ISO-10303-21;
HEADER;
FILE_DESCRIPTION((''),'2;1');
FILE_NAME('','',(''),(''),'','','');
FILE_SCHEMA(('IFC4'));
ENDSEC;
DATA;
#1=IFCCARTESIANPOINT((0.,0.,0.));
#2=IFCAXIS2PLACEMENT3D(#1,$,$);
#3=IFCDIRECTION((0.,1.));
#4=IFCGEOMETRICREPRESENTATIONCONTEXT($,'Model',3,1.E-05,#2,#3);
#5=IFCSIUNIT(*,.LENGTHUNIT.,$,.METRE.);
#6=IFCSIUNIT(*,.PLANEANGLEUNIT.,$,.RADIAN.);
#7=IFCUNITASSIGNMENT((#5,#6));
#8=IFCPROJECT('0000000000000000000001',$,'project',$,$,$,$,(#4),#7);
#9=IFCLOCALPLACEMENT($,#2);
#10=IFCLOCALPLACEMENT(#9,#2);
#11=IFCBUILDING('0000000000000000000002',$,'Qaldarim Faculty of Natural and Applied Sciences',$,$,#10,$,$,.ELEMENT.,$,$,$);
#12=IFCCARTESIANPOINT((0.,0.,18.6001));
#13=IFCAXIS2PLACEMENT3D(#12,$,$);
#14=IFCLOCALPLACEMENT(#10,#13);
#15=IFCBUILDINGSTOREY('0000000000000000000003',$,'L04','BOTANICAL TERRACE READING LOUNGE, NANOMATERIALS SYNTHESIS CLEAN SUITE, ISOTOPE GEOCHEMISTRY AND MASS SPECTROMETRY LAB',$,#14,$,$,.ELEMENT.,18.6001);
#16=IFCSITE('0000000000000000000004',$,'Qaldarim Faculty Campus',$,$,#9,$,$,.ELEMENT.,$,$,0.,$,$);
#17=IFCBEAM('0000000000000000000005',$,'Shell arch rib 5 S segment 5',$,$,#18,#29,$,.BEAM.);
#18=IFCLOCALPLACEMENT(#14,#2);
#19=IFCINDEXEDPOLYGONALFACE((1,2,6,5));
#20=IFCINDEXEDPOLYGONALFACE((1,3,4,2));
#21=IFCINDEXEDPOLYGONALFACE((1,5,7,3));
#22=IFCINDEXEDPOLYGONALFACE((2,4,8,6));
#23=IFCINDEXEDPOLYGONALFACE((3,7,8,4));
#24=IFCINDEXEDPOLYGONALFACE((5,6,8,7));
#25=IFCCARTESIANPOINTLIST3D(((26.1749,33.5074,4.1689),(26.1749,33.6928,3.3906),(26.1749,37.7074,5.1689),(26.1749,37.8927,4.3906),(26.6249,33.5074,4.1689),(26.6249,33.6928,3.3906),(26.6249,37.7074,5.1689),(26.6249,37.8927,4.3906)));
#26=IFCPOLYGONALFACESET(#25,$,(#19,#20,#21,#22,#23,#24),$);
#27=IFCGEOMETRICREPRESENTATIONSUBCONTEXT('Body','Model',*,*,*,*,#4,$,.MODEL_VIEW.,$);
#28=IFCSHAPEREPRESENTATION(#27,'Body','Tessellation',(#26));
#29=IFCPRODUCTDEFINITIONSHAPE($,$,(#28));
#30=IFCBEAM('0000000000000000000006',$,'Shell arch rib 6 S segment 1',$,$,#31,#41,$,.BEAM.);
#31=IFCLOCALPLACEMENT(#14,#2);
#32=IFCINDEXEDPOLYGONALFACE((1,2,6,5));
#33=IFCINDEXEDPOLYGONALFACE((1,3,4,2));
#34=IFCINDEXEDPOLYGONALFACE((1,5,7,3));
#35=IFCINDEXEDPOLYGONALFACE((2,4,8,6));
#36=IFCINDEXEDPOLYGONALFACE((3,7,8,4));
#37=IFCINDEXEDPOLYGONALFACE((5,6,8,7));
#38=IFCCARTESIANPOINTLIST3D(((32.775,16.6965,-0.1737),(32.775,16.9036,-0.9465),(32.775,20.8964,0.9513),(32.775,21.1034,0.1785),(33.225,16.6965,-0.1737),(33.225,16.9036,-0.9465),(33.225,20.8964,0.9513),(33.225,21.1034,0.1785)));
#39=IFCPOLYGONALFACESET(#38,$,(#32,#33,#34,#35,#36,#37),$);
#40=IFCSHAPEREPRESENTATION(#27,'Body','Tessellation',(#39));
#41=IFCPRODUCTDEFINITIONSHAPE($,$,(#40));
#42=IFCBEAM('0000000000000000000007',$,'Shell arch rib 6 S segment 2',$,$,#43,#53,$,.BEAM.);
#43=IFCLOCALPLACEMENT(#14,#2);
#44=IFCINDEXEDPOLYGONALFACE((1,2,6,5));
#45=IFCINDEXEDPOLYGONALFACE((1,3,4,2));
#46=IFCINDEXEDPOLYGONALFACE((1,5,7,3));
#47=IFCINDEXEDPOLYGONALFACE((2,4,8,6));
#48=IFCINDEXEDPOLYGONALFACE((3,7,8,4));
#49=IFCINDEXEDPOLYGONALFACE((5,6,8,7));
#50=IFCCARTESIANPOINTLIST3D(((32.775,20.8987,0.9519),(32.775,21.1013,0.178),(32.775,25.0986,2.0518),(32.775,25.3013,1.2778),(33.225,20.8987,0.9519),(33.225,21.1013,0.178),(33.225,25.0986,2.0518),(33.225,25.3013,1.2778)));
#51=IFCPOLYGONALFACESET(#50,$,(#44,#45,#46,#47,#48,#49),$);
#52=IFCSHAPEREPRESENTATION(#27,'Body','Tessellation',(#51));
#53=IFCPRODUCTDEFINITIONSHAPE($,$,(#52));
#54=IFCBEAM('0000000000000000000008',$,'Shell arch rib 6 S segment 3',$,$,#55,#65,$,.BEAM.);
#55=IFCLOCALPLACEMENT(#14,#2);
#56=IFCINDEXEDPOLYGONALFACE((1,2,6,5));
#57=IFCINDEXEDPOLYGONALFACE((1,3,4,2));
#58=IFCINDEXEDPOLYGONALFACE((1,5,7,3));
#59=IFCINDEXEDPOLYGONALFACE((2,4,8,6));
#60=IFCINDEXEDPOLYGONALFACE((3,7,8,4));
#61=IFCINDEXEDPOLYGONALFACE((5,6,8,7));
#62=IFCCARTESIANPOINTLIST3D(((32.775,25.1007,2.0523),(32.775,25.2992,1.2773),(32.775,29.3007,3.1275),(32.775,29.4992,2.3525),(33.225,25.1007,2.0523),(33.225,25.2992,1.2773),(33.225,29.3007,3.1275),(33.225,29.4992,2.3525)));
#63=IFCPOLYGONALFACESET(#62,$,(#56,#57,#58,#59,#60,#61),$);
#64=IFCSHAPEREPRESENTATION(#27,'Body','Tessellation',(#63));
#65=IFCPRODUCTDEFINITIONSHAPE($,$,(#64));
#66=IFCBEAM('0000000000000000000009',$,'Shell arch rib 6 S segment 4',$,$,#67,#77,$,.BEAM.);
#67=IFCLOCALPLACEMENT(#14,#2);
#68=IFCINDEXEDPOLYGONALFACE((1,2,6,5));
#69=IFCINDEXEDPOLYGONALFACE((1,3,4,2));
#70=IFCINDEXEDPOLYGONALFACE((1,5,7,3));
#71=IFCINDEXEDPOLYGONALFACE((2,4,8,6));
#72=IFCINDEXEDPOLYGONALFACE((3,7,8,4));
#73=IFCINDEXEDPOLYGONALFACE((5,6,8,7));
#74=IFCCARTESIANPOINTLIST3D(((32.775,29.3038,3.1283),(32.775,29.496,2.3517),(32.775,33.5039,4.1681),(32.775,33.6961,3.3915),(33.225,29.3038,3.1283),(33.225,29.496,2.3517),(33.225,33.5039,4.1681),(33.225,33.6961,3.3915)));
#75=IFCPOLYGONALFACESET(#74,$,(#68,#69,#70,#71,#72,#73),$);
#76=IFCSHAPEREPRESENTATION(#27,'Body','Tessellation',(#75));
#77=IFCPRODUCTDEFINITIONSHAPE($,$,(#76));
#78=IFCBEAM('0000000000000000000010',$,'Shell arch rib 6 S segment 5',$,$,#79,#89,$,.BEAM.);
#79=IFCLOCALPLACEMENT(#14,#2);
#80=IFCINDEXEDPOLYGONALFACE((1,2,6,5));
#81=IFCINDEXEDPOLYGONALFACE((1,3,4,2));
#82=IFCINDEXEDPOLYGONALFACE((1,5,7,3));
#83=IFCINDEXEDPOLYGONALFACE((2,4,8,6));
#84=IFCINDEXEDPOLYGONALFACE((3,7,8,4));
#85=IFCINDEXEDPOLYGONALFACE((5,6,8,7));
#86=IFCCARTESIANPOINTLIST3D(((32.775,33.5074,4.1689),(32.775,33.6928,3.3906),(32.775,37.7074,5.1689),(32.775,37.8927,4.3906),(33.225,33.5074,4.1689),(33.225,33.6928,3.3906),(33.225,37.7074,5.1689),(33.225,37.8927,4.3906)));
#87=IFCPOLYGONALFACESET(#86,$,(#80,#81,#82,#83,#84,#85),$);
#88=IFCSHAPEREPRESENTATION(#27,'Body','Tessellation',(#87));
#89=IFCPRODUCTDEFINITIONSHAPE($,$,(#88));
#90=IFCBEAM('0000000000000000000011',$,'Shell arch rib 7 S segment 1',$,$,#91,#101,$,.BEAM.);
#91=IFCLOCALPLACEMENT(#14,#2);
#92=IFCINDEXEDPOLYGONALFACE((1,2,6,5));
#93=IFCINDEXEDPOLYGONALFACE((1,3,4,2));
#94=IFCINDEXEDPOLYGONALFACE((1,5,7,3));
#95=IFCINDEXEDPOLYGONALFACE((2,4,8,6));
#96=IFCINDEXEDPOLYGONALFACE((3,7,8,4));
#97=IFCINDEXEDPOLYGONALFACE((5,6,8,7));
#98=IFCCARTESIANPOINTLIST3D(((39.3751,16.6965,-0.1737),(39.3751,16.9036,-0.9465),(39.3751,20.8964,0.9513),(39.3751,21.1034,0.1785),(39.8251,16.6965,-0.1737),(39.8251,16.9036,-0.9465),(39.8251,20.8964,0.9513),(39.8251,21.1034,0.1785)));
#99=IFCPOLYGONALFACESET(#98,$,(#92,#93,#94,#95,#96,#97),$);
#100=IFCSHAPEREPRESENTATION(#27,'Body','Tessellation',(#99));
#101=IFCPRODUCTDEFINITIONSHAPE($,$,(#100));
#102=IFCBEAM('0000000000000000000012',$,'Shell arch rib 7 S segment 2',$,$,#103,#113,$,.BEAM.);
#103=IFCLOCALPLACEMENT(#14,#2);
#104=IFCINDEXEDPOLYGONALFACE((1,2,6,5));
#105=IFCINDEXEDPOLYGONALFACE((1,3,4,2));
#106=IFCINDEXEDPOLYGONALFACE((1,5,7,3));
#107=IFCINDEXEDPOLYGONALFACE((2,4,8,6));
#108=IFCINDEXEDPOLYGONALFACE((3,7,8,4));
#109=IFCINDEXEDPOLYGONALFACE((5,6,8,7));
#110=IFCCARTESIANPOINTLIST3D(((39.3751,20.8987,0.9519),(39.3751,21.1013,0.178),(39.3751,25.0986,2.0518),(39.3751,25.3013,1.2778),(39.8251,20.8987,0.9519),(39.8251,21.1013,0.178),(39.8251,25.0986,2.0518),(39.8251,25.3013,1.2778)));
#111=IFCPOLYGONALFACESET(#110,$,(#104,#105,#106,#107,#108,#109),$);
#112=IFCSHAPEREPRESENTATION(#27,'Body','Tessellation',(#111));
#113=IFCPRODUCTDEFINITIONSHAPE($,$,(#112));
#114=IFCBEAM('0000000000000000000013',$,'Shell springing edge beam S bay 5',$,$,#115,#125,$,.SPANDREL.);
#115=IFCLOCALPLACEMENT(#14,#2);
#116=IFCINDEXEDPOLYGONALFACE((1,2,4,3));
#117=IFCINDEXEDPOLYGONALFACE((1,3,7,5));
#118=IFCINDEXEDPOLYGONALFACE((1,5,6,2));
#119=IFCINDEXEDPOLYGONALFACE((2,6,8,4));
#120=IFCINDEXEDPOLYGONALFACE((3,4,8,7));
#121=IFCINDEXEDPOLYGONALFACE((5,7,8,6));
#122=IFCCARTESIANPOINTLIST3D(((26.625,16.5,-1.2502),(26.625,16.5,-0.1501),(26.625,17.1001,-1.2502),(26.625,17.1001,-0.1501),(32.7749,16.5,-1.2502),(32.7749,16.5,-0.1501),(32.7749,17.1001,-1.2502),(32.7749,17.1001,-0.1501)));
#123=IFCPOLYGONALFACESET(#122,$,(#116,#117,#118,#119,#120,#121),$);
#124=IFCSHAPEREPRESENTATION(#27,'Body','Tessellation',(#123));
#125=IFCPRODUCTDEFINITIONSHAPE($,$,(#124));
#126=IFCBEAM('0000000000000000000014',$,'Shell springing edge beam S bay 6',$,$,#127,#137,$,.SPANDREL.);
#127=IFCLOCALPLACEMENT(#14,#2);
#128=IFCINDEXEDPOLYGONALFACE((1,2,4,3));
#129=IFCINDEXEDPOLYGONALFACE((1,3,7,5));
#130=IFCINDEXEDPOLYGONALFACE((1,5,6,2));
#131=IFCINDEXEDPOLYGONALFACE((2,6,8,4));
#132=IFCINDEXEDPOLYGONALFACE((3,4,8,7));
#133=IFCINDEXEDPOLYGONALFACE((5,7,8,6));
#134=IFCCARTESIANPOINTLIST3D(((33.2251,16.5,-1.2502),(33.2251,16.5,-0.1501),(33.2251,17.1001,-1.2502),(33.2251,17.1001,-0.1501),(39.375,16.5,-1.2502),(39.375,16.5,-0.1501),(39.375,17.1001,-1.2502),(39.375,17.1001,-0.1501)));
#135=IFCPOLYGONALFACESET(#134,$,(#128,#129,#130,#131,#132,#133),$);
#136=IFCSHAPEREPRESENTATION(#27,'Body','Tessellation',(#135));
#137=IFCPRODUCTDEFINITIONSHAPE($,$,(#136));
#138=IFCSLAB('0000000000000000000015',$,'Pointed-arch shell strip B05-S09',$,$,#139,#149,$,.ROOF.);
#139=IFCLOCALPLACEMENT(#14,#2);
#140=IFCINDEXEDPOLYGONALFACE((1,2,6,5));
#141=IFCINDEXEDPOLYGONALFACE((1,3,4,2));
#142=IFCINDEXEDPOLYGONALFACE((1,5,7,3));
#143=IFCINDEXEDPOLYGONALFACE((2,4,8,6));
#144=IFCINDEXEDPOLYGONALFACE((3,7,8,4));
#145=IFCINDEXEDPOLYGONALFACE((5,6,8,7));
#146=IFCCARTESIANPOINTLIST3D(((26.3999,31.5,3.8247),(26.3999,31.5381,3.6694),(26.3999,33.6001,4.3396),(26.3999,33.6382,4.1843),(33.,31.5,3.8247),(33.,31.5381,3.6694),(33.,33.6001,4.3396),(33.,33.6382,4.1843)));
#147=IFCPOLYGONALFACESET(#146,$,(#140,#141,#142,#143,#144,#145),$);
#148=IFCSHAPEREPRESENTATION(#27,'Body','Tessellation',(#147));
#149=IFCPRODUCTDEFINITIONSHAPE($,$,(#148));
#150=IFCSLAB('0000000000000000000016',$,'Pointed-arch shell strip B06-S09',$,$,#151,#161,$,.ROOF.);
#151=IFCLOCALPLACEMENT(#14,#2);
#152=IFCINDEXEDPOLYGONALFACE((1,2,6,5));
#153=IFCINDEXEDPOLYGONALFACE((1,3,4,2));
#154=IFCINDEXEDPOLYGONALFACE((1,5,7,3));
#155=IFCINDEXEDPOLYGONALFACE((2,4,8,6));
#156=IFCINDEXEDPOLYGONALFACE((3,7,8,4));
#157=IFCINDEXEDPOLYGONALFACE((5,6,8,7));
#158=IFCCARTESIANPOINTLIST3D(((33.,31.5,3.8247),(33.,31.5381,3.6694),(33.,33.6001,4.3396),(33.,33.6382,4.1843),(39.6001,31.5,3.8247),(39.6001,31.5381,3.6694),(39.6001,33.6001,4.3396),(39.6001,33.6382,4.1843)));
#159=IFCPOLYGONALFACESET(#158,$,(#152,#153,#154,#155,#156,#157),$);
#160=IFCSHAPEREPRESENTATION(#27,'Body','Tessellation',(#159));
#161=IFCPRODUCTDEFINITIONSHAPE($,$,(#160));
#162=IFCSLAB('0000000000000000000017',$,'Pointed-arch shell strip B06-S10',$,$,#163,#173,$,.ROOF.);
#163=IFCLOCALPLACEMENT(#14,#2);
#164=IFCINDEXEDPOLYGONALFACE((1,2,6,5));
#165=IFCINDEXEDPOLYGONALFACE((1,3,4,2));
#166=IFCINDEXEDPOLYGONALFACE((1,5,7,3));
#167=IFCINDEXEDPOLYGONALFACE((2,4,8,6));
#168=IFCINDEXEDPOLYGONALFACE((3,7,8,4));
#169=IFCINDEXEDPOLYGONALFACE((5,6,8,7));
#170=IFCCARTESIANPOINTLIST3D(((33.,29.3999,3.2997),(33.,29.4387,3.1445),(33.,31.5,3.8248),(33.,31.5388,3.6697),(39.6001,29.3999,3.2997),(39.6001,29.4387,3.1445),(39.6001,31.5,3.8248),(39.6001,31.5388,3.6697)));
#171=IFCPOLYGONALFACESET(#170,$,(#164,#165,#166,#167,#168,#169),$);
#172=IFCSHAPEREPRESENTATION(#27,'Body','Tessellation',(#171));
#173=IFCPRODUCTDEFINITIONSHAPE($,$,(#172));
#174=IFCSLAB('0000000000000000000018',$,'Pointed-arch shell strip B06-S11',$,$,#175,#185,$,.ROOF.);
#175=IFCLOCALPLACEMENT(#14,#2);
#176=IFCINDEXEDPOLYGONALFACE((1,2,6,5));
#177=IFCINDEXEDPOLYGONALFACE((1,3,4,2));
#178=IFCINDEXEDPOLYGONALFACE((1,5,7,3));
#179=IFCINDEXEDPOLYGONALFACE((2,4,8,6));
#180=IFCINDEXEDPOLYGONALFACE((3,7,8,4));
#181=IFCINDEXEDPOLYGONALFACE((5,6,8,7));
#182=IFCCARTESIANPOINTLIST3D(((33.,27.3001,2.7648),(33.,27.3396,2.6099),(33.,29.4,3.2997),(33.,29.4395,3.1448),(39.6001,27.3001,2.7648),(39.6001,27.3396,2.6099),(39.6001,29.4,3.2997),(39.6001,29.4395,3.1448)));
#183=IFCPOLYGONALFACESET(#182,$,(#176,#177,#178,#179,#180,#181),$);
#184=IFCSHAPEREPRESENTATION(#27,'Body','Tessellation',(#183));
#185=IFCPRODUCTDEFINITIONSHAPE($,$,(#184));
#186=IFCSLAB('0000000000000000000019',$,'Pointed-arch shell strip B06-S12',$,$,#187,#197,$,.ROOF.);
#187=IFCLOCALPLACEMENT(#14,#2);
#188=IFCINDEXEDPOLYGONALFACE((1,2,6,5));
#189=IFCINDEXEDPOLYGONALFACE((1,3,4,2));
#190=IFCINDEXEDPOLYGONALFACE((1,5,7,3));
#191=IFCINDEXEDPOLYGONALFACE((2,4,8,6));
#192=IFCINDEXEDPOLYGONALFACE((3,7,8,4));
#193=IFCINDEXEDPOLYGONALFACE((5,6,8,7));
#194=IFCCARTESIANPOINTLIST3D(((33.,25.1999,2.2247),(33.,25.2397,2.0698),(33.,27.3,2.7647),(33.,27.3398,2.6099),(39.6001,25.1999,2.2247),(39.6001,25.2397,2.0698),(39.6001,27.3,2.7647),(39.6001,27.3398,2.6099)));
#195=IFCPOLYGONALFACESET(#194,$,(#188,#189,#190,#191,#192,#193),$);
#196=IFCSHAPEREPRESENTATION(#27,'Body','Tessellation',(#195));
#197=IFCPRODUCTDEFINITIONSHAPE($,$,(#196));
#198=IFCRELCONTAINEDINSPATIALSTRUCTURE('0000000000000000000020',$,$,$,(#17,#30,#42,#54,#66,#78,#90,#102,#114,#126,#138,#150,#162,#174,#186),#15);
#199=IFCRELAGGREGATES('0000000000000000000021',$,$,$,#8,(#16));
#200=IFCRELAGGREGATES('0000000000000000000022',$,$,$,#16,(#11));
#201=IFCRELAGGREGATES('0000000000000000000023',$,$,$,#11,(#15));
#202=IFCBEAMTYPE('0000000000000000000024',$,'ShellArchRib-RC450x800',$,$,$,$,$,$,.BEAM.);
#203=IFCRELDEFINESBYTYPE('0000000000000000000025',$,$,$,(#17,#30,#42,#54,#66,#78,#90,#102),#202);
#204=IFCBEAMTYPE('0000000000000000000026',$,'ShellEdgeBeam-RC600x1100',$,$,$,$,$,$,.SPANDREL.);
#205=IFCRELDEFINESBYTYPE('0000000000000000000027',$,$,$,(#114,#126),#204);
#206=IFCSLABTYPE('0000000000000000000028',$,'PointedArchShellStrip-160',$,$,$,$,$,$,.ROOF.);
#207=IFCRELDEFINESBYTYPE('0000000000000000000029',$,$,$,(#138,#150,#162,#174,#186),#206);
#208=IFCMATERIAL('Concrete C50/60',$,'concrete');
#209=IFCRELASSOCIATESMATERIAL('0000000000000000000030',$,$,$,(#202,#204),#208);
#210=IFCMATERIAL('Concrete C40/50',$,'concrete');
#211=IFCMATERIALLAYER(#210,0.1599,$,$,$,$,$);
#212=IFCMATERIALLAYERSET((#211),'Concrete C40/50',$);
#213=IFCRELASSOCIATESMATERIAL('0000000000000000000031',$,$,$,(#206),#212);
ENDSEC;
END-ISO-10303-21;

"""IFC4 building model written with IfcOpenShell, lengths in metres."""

from ifc_helpers import new_model, si_unit, direction, frame, origin, origin_2d, place, context, subcontext, project, spatial, polyline, rectangle, outline, extrude, material, layer, layer_set, material_profile, profile_set, type_object, element, save


model = new_model("IFC4")

# Units and contexts
model_context = context("Model", 3, precision=1e-05, world=origin(), true_north=direction((0.0, 1.0)))
body_context = subcontext(model_context, "Body", "Model", "MODEL_VIEW")
ifc_project = project(units=[si_unit("LENGTHUNIT", "METRE"), si_unit("PLANEANGLEUNIT", "RADIAN")], contexts=[model_context])

# Site, building, storey
site_placement = place(None, origin())
site = spatial("IfcSite", under=ifc_project, at=site_placement, Name="Qaldarim Faculty Campus", CompositionType="ELEMENT", RefElevation=0.0)
building_placement = place(site_placement, origin())
building = spatial("IfcBuilding", under=site, at=building_placement, Name="Qaldarim Faculty of Natural and Applied Sciences", CompositionType="ELEMENT")
storey_placement = place(building_placement, frame((0.0, 0.0, 18.6001)))
storey = spatial("IfcBuildingStorey", under=building, at=storey_placement, Name="L04", Description="BOTANICAL TERRACE READING LOUNGE, NANOMATERIALS SYNTHESIS CLEAN SUITE, ISOTOPE GEOCHEMISTRY AND MASS SPECTROMETRY LAB", CompositionType="ELEMENT", Elevation=18.6001)

# Beams
ifc_material_1 = material(Name="Concrete C50/60", Category="concrete")
ifc_material_profile_1 = material_profile(ifc_material_1, rectangle(XDim=0.45, YDim=0.8, at=origin_2d()), Name="RC-RIB450x800")
ifc_profile_set_1 = profile_set([ifc_material_profile_1], Name="Concrete C50/60")
beam_type_1 = type_object("IfcBeamType", Name="ShellArchRib-RC450x800", PredefinedType="BEAM", material=ifc_profile_set_1)
beam_1_placement = place(storey_placement, frame((26.3999, 33.6001, 3.7798), z_axis=(0.0, 0.972806, 0.231623), x_axis=(-1.0, 0.0, 0.0)))
element("IfcBeam", 1, at=beam_1_placement, inside=storey, type_object=beam_type_1, Name="Shell arch rib 5 S segment 5", PredefinedType="BEAM", context=body_context, shape_type="SweptSolid", body=[
    extrude(rectangle(XDim=0.45, YDim=0.8, at=origin_2d()), origin(), (0.0, 0.0, 1.0), 4.3174),
])
beam_2_placement = place(storey_placement, frame((33.0, 16.8, -0.5601), z_axis=(0.0, 0.965947, 0.258739), x_axis=(-1.0, 0.0, 0.0)))
element("IfcBeam", 2, at=beam_2_placement, inside=storey, type_object=beam_type_1, Name="Shell arch rib 6 S segment 1", PredefinedType="BEAM", context=body_context, shape_type="SweptSolid", body=[
    extrude(rectangle(XDim=0.45, YDim=0.8, at=origin_2d()), origin(), (0.0, 0.0, 1.0), 4.3479),
])
beam_3_placement = place(storey_placement, frame((33.0, 21.0, 0.5649), z_axis=(0.0, 0.96738, 0.253331), x_axis=(-1.0, 0.0, 0.0)))
element("IfcBeam", 3, at=beam_3_placement, inside=storey, type_object=beam_type_1, Name="Shell arch rib 6 S segment 2", PredefinedType="BEAM", context=body_context, shape_type="SweptSolid", body=[
    extrude(rectangle(XDim=0.45, YDim=0.8, at=origin_2d()), origin(), (0.0, 0.0, 1.0), 4.3416),
])
beam_4_placement = place(storey_placement, frame((33.0, 25.2, 1.6648), z_axis=(0.0, 0.968759, 0.248004), x_axis=(-1.0, 0.0, 0.0)))
element("IfcBeam", 4, at=beam_4_placement, inside=storey, type_object=beam_type_1, Name="Shell arch rib 6 S segment 3", PredefinedType="BEAM", context=body_context, shape_type="SweptSolid", body=[
    extrude(rectangle(XDim=0.45, YDim=0.8, at=origin_2d()), origin(), (0.0, 0.0, 1.0), 4.3354),
])
beam_5_placement = place(storey_placement, frame((33.0, 29.3999, 2.74), z_axis=(0.0, 0.970698, 0.240305), x_axis=(-1.0, 0.0, 0.0)))
element("IfcBeam", 5, at=beam_5_placement, inside=storey, type_object=beam_type_1, Name="Shell arch rib 6 S segment 4", PredefinedType="BEAM", context=body_context, shape_type="SweptSolid", body=[
    extrude(rectangle(XDim=0.45, YDim=0.8, at=origin_2d()), origin(), (0.0, 0.0, 1.0), 4.3269),
])
beam_6_placement = place(storey_placement, frame((33.0, 33.6001, 3.7798), z_axis=(0.0, 0.972806, 0.231623), x_axis=(-1.0, 0.0, 0.0)))
element("IfcBeam", 6, at=beam_6_placement, inside=storey, type_object=beam_type_1, Name="Shell arch rib 6 S segment 5", PredefinedType="BEAM", context=body_context, shape_type="SweptSolid", body=[
    extrude(rectangle(XDim=0.45, YDim=0.8, at=origin_2d()), origin(), (0.0, 0.0, 1.0), 4.3174),
])
beam_7_placement = place(storey_placement, frame((39.6001, 16.8, -0.5601), z_axis=(0.0, 0.965947, 0.258739), x_axis=(-1.0, 0.0, 0.0)))
element("IfcBeam", 7, at=beam_7_placement, inside=storey, type_object=beam_type_1, Name="Shell arch rib 7 S segment 1", PredefinedType="BEAM", context=body_context, shape_type="SweptSolid", body=[
    extrude(rectangle(XDim=0.45, YDim=0.8, at=origin_2d()), origin(), (0.0, 0.0, 1.0), 4.3479),
])
beam_8_placement = place(storey_placement, frame((39.6001, 21.0, 0.5649), z_axis=(0.0, 0.96738, 0.253331), x_axis=(-1.0, 0.0, 0.0)))
element("IfcBeam", 8, at=beam_8_placement, inside=storey, type_object=beam_type_1, Name="Shell arch rib 7 S segment 2", PredefinedType="BEAM", context=body_context, shape_type="SweptSolid", body=[
    extrude(rectangle(XDim=0.45, YDim=0.8, at=origin_2d()), origin(), (0.0, 0.0, 1.0), 4.3416),
])
ifc_material_profile_2 = material_profile(ifc_material_1, rectangle(XDim=0.6001, YDim=1.1001, at=origin_2d()), Name="RC-EB600x1100")
ifc_profile_set_2 = profile_set([ifc_material_profile_2], Name="Concrete C50/60")
beam_type_2 = type_object("IfcBeamType", Name="ShellEdgeBeam-RC600x1100", PredefinedType="SPANDREL", material=ifc_profile_set_2)
for number, where, z_axis, x_axis, name in (
    (9, (26.625, 16.8, -0.7002), (1.0, 0.0, 0.0), (0.0, 1.0, 0.0), "Shell springing edge beam S bay 5"),
    (10, (33.2251, 16.8, -0.7002), (1.0, 0.0, 0.0), (0.0, 1.0, 0.0), "Shell springing edge beam S bay 6"),
):
    element("IfcBeam", number, at=place(storey_placement, frame(where, z_axis=z_axis, x_axis=x_axis)), inside=storey, type_object=beam_type_2, Name=name, PredefinedType="SPANDREL", context=body_context, shape_type="SweptSolid", body=[
        extrude(rectangle(XDim=0.6001, YDim=1.1001, at=origin_2d()), origin(), (0.0, 0.0, 1.0), 6.1499),
    ])

# Slabs
ifc_material_2 = material(Name="Concrete C40/50", Category="concrete")
ifc_layer = layer(ifc_material_2, 0.1599)
ifc_layer_set = layer_set([ifc_layer], Name="Concrete C40/50")
slab_type = type_object("IfcSlabType", Name="PointedArchShellStrip-160", PredefinedType="ROOF", material=ifc_layer_set)
for number, where, z_axis, x_axis, name in (
    (11, (26.3999, 31.5381, 3.6694), (0.0, -0.238123, 0.971235), (1.0, 0.0, 0.0), "Pointed-arch shell strip B05-S09"),
    (12, (33.0, 31.5381, 3.6694), (0.0, -0.238123, 0.971235), (1.0, 0.0, 0.0), "Pointed-arch shell strip B06-S09"),
):
    element("IfcSlab", number, at=place(storey_placement, frame(where, z_axis=z_axis, x_axis=x_axis)), inside=storey, type_object=slab_type, Name=name, PredefinedType="ROOF", context=body_context, shape_type="SweptSolid", body=[
        extrude(outline(polyline([(0.0, 0.0), (6.6001, 0.0), (6.6001, 2.1623), (0.0, 2.1623), (0.0, 0.0)])), origin(), (0.0, 0.0, 1.0), 0.1599),
    ])
slab_1_placement = place(storey_placement, frame((33.0, 29.4387, 3.1445), z_axis=(0.0, -0.242589, 0.970129), x_axis=(1.0, 0.0, 0.0)))
element("IfcSlab", 13, at=slab_1_placement, inside=storey, type_object=slab_type, Name="Pointed-arch shell strip B06-S10", PredefinedType="ROOF", context=body_context, shape_type="SweptSolid", body=[
    extrude(outline(polyline([(0.0, 0.0), (6.6001, 0.0), (6.6001, 2.1648), (0.0, 2.1648), (0.0, 0.0)])), origin(), (0.0, 0.0, 1.0), 0.1599),
])
slab_2_placement = place(storey_placement, frame((33.0, 27.3396, 2.6099), z_axis=(0.0, -0.246854, 0.969053), x_axis=(1.0, 0.0, 0.0)))
element("IfcSlab", 14, at=slab_2_placement, inside=storey, type_object=slab_type, Name="Pointed-arch shell strip B06-S11", PredefinedType="ROOF", context=body_context, shape_type="SweptSolid", body=[
    extrude(outline(polyline([(0.0, 0.0), (6.6001, 0.0), (6.6001, 2.1669), (0.0, 2.1669), (0.0, 0.0)])), origin(), (0.0, 0.0, 1.0), 0.1599),
])
slab_3_placement = place(storey_placement, frame((33.0, 25.2397, 2.0698), z_axis=(0.0, -0.249047, 0.968491), x_axis=(1.0, 0.0, 0.0)))
element("IfcSlab", 15, at=slab_3_placement, inside=storey, type_object=slab_type, Name="Pointed-arch shell strip B06-S12", PredefinedType="ROOF", context=body_context, shape_type="SweptSolid", body=[
    extrude(outline(polyline([(0.0, 0.0), (6.6001, 0.0), (6.6001, 2.1684), (0.0, 2.1684), (0.0, 0.0)])), origin(), (0.0, 0.0, 1.0), 0.1599),
])

save(model, "model.ifc")
